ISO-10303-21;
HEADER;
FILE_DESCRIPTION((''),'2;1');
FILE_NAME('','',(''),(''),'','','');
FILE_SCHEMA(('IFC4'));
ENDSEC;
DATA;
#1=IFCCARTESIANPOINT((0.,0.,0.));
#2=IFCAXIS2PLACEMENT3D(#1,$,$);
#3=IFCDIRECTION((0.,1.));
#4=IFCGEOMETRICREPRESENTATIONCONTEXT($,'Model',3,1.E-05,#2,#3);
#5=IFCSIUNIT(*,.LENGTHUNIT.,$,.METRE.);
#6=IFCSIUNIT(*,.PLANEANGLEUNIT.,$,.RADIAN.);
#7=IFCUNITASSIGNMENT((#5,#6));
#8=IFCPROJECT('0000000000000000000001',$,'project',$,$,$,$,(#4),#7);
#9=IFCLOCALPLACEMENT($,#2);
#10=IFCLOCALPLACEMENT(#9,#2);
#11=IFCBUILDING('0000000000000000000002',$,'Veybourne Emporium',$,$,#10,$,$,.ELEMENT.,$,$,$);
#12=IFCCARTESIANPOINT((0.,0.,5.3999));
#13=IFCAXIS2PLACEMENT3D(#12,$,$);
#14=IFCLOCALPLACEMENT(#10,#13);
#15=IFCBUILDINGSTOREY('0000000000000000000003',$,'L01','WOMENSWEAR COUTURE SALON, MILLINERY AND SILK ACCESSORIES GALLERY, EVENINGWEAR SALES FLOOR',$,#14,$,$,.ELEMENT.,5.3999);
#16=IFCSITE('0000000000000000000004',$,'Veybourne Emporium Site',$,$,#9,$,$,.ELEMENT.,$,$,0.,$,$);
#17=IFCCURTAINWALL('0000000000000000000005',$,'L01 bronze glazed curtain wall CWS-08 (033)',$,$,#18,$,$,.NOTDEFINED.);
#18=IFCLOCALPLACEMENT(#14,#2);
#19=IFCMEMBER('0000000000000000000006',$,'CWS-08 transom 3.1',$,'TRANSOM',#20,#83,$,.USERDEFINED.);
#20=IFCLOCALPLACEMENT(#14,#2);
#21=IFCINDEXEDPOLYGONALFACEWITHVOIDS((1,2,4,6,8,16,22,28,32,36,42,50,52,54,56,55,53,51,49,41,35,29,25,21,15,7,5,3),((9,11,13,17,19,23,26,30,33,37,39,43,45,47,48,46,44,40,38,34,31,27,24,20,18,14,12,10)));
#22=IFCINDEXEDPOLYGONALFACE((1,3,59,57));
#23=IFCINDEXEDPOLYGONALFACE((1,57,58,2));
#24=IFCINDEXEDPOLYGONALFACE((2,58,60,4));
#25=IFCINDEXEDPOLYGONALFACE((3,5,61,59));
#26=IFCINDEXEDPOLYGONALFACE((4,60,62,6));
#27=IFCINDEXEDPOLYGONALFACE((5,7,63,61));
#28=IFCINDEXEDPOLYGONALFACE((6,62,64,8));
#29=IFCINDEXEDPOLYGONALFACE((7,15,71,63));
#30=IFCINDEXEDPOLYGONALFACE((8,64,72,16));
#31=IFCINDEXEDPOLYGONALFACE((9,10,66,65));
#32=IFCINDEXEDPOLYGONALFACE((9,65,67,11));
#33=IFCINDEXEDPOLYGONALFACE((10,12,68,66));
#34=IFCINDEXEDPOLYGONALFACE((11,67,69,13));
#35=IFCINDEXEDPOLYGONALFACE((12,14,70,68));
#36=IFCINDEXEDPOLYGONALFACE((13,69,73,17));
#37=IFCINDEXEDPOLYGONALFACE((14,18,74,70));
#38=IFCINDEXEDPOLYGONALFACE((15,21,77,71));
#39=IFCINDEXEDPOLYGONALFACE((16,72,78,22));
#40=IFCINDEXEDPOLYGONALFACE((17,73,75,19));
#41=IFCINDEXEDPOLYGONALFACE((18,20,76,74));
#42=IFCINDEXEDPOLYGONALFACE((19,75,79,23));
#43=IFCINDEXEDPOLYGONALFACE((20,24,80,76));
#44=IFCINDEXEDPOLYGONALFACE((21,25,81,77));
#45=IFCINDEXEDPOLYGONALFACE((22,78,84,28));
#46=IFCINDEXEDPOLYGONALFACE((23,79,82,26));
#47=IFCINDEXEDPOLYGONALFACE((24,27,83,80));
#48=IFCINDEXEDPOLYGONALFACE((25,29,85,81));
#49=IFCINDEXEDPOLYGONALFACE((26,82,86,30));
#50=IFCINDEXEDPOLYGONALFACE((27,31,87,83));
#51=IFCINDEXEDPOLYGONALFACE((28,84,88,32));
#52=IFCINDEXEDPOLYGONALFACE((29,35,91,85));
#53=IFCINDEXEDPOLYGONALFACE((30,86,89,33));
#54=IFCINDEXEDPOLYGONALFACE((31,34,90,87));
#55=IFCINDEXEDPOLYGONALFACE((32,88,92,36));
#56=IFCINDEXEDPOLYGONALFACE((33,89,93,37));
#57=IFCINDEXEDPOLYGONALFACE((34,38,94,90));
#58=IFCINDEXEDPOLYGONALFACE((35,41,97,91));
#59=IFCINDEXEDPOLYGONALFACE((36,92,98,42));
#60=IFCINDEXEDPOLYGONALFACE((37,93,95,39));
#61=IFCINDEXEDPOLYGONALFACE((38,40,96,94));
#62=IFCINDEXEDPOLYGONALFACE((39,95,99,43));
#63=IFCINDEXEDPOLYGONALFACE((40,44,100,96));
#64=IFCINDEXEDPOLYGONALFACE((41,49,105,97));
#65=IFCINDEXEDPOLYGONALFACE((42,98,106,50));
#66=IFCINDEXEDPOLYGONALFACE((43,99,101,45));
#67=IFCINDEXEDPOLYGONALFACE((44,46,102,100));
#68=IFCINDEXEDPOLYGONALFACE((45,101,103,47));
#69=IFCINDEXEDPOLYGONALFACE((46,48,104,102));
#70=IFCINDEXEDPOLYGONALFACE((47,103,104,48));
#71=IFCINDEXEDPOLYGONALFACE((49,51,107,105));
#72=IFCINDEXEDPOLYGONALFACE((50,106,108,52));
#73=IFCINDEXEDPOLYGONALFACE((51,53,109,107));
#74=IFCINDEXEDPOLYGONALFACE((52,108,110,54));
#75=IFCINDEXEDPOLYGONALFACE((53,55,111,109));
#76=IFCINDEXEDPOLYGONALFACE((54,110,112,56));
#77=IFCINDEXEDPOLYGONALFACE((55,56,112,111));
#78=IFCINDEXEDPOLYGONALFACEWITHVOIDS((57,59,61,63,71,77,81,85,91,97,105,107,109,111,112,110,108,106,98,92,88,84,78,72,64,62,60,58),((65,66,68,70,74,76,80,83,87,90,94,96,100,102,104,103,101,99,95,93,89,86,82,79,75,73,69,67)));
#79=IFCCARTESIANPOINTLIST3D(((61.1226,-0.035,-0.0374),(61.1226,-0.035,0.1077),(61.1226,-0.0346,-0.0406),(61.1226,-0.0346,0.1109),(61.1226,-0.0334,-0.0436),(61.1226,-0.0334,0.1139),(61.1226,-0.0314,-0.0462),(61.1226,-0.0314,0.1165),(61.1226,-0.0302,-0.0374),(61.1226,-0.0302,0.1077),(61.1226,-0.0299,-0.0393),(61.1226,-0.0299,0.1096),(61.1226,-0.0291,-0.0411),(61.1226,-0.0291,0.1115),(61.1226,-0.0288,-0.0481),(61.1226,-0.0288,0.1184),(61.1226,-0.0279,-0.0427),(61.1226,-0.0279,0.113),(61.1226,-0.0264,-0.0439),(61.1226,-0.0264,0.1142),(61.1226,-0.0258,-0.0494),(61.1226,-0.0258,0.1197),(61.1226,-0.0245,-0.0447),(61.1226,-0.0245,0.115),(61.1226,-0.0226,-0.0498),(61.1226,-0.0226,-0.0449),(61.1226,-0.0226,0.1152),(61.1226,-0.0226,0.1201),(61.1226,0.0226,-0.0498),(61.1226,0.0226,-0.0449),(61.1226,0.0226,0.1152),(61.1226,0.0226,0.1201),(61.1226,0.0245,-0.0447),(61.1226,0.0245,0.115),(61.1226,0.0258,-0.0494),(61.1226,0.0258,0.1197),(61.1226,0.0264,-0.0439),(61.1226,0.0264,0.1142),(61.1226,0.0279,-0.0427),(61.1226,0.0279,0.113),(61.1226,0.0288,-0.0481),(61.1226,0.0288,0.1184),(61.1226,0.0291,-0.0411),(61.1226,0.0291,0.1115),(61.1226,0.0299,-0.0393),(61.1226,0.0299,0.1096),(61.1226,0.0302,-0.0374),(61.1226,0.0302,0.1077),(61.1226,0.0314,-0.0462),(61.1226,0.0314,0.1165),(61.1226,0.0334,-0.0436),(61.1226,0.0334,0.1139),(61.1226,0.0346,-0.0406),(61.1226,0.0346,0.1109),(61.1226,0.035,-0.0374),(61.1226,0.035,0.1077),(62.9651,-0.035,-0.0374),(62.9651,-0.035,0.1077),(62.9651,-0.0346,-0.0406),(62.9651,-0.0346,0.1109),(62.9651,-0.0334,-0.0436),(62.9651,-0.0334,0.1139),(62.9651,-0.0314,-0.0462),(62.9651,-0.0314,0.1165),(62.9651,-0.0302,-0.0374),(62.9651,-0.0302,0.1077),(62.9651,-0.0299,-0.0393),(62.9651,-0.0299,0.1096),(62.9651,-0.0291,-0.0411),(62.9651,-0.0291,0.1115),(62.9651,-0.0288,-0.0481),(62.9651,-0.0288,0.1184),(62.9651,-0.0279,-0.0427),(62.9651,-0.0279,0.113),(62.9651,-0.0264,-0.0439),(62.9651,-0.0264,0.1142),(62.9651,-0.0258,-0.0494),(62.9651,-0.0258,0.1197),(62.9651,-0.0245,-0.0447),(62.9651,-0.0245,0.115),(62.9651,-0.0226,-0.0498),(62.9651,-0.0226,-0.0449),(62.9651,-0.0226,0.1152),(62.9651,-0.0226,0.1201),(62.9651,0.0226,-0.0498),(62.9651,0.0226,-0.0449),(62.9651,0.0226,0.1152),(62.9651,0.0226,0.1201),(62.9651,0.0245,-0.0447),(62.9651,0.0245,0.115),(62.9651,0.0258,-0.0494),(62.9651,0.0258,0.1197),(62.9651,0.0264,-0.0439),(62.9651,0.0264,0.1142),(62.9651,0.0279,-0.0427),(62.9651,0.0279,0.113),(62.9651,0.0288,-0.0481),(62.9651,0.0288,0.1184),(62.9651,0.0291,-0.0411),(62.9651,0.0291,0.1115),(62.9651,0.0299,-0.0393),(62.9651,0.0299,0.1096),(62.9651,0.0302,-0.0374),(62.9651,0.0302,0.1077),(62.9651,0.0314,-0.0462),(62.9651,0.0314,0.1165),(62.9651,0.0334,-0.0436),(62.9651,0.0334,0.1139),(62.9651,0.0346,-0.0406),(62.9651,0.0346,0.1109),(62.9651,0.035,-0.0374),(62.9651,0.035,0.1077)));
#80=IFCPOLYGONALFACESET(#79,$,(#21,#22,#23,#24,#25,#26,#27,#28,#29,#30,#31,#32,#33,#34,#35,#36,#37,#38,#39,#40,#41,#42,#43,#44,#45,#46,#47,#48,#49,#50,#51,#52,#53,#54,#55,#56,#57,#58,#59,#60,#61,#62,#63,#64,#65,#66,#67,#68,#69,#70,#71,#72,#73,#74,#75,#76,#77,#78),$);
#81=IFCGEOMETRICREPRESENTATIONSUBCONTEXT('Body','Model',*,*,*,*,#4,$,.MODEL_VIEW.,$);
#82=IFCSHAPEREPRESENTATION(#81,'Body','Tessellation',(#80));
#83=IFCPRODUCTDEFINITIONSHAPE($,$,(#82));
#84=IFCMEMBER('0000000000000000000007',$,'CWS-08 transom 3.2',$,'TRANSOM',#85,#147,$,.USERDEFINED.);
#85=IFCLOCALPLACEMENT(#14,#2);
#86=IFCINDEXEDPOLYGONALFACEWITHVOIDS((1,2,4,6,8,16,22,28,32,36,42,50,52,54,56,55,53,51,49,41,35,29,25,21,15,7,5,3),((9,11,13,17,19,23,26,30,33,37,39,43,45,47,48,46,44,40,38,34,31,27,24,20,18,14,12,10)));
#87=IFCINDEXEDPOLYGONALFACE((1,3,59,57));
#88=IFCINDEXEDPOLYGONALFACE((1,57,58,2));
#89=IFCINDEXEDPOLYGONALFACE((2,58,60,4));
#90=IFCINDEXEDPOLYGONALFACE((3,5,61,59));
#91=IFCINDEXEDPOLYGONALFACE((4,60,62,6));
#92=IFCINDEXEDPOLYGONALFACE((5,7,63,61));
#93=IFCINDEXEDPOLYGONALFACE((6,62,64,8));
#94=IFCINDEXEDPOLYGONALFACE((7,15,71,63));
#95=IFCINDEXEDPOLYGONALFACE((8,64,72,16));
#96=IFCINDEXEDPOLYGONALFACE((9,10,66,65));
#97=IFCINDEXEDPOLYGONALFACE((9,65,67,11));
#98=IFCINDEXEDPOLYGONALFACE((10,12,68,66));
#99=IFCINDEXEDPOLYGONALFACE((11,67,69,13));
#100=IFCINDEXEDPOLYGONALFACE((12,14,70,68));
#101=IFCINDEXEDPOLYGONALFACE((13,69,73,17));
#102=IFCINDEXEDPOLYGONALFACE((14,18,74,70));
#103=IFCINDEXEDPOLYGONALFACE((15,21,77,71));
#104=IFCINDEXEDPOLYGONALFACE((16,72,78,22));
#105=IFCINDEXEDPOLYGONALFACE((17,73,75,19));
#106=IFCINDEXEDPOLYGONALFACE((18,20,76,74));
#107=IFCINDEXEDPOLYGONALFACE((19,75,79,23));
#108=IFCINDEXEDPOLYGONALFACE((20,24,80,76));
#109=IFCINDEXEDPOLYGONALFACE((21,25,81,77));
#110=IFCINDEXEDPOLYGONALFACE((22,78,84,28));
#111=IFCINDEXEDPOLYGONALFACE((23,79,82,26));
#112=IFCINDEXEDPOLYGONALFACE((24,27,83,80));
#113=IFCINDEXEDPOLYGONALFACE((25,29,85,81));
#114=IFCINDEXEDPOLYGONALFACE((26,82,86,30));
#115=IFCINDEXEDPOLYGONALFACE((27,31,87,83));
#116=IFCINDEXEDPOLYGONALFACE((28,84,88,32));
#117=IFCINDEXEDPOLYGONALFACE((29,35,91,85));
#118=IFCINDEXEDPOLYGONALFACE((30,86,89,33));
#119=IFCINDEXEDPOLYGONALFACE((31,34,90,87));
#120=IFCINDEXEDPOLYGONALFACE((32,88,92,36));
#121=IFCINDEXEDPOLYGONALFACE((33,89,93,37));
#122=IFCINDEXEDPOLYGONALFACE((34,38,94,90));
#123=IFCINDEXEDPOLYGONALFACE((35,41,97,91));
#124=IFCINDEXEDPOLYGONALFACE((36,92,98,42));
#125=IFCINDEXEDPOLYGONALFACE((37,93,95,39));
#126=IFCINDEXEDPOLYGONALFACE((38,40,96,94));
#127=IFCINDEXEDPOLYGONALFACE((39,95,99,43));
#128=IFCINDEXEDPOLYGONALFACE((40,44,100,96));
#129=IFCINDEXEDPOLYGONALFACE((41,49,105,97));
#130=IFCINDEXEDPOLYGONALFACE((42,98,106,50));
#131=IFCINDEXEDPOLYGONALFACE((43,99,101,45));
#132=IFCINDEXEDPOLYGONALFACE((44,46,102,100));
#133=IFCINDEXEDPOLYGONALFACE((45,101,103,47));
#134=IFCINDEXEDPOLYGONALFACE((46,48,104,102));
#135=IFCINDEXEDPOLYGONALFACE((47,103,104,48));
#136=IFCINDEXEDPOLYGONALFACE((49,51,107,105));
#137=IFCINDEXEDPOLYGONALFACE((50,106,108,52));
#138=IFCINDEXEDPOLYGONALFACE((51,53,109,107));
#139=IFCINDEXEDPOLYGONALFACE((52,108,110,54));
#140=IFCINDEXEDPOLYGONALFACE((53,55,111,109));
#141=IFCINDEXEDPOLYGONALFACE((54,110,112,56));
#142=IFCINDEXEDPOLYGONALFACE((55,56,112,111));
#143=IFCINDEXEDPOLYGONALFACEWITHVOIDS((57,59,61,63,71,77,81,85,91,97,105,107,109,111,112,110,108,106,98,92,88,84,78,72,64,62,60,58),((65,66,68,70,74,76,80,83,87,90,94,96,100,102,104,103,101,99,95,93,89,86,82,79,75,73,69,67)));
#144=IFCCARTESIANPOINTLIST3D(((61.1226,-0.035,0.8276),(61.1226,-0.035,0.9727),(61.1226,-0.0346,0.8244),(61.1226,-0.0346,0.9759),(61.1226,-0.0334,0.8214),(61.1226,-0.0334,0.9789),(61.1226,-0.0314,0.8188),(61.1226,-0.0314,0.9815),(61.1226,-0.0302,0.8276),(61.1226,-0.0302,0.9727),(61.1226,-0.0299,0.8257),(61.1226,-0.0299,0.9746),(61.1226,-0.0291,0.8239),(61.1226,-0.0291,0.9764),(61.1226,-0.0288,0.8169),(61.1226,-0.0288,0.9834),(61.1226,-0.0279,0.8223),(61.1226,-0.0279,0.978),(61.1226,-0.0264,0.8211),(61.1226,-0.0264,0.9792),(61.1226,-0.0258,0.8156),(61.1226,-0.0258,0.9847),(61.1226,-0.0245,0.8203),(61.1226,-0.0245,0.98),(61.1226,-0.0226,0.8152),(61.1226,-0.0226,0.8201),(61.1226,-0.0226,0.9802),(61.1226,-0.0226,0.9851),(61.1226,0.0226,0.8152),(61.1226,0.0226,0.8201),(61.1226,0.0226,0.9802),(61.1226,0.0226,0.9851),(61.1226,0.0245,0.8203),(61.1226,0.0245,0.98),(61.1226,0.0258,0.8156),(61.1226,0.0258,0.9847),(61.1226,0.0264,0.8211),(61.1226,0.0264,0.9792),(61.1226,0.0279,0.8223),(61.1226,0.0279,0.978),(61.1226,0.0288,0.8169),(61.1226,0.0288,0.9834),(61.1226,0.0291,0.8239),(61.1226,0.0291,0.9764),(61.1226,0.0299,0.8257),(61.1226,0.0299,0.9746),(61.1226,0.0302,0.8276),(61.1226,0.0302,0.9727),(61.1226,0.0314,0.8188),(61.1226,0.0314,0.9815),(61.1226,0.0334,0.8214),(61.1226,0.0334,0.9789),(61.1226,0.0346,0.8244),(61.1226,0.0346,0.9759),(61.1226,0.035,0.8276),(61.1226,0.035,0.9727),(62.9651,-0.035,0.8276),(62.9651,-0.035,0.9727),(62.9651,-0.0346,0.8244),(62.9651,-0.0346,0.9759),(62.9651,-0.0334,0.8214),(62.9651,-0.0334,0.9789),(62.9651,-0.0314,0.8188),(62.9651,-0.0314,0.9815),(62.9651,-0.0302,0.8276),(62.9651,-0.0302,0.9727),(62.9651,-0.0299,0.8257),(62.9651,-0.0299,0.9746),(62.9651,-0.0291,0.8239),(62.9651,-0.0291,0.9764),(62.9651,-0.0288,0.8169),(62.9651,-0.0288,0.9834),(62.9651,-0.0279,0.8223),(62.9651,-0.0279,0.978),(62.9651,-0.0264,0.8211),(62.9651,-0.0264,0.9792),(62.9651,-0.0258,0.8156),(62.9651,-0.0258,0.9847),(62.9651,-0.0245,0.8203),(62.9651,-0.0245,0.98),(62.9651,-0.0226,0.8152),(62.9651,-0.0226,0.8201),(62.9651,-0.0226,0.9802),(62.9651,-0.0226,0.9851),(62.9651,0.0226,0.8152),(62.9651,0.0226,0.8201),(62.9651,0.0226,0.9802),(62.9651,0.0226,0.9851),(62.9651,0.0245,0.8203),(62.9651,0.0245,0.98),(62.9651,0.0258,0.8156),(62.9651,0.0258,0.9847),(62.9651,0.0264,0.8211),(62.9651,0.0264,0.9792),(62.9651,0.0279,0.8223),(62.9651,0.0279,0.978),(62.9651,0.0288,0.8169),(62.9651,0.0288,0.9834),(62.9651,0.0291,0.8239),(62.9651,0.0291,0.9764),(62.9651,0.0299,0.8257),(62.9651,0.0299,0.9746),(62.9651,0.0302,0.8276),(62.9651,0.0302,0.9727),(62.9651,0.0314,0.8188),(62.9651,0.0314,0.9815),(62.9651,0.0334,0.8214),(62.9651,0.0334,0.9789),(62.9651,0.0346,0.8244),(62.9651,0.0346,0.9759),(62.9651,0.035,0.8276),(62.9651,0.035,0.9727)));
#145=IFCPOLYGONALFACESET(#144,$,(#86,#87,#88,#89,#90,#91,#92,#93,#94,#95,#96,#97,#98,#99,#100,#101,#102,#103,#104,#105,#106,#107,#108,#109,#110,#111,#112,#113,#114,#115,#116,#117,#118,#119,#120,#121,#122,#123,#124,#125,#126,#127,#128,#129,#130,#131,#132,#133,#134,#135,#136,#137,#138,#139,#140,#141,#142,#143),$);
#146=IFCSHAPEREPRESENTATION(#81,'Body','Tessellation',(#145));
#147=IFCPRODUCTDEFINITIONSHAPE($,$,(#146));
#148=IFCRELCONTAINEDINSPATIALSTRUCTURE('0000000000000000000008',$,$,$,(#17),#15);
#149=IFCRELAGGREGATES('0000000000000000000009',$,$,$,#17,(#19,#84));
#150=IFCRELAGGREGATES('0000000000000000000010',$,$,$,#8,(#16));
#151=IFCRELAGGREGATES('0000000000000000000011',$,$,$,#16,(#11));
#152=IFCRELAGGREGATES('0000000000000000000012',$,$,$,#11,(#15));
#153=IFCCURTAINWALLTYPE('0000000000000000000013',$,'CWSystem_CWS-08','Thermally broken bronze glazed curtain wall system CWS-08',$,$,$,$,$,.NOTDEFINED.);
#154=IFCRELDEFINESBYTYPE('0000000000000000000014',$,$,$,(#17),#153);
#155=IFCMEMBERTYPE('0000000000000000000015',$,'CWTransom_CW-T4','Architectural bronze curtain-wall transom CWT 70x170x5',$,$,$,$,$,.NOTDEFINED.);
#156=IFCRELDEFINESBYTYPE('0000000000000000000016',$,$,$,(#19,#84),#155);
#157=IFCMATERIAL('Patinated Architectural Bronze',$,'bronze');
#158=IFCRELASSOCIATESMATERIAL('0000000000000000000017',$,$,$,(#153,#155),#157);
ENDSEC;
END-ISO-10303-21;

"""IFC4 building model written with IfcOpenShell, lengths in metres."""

from ifc_helpers import new_model, si_unit, direction, frame, origin, origin_2d, place, context, subcontext, project, spatial, hollow_rectangle, extrude, material, material_profile, profile_set, type_object, element, aggregate, save


model = new_model("IFC4")

# Units and contexts
model_context = context("Model", 3, precision=1e-05, world=origin(), true_north=direction((0.0, 1.0)))
body_context = subcontext(model_context, "Body", "Model", "MODEL_VIEW")
ifc_project = project(units=[si_unit("LENGTHUNIT", "METRE"), si_unit("PLANEANGLEUNIT", "RADIAN")], contexts=[model_context])

# Site, building, storey
site_placement = place(None, origin())
site = spatial("IfcSite", under=ifc_project, at=site_placement, Name="Veybourne Emporium Site", CompositionType="ELEMENT", RefElevation=0.0)
building_placement = place(site_placement, origin())
building = spatial("IfcBuilding", under=site, at=building_placement, Name="Veybourne Emporium", CompositionType="ELEMENT")
storey_placement = place(building_placement, frame((0.0, 0.0, 5.3999)))
storey = spatial("IfcBuildingStorey", under=building, at=storey_placement, Name="L01", Description="WOMENSWEAR COUTURE SALON, MILLINERY AND SILK ACCESSORIES GALLERY, EVENINGWEAR SALES FLOOR", CompositionType="ELEMENT", Elevation=5.3999)

# Shared definitions
ifc_material_1 = material(Name="Patinated Architectural Bronze", Category="bronze")

# Curtain wall
curtain_wall_type_1 = type_object("IfcCurtainWallType", Name="CWSystem_CWS-08", Description="Thermally broken bronze glazed curtain wall system CWS-08", PredefinedType="NOTDEFINED", material=ifc_material_1)
curtain_wall_1_placement = place(storey_placement, origin())
curtain_wall_1 = element("IfcCurtainWall", 1, at=curtain_wall_1_placement, inside=storey, type_object=curtain_wall_type_1, Name="L01 bronze glazed curtain wall CWS-08 (033)", PredefinedType="NOTDEFINED")

# Members
ifc_material_profile_1 = material_profile(ifc_material_1, hollow_rectangle(XDim=0.0701, YDim=0.1699, WallThickness=0.0049, InnerFilletRadius=0.0076, OuterFilletRadius=0.0125, at=origin_2d()), Name="CWT 70x170x5")
ifc_profile_set_1 = profile_set([ifc_material_profile_1], Name="Patinated Architectural Bronze")
member_type_1 = type_object("IfcMemberType", Name="CWTransom_CW-T4", Description="Architectural bronze curtain-wall transom CWT 70x170x5", PredefinedType="NOTDEFINED", material=ifc_profile_set_1)
member_1_placement = place(storey_placement, frame((62.9651, 0.0, 0.0352), z_axis=(-1.0, 0.0, 0.0), x_axis=(0.0, -1.0, 0.0)))
member_1 = element("IfcMember", 2, at=member_1_placement, type_object=member_type_1, Name="CWS-08 transom 3.1", ObjectType="TRANSOM", PredefinedType="USERDEFINED", context=body_context, shape_type="SweptSolid", body=[
    extrude(hollow_rectangle(XDim=0.0701, YDim=0.1699, WallThickness=0.0049, InnerFilletRadius=0.0076, OuterFilletRadius=0.0125, at=origin_2d()), origin(), (0.0, 0.0, 1.0), 1.8425),
])
member_2_placement = place(storey_placement, frame((62.9651, 0.0, 0.9001), z_axis=(-1.0, 0.0, 0.0), x_axis=(0.0, -1.0, 0.0)))
member_2 = element("IfcMember", 3, at=member_2_placement, type_object=member_type_1, Name="CWS-08 transom 3.2", ObjectType="TRANSOM", PredefinedType="USERDEFINED", context=body_context, shape_type="SweptSolid", body=[
    extrude(hollow_rectangle(XDim=0.0701, YDim=0.1699, WallThickness=0.0049, InnerFilletRadius=0.0076, OuterFilletRadius=0.0125, at=origin_2d()), origin(), (0.0, 0.0, 1.0), 1.8425),
])

aggregate(curtain_wall_1, [member_1, member_2])

save(model, "model.ifc")
